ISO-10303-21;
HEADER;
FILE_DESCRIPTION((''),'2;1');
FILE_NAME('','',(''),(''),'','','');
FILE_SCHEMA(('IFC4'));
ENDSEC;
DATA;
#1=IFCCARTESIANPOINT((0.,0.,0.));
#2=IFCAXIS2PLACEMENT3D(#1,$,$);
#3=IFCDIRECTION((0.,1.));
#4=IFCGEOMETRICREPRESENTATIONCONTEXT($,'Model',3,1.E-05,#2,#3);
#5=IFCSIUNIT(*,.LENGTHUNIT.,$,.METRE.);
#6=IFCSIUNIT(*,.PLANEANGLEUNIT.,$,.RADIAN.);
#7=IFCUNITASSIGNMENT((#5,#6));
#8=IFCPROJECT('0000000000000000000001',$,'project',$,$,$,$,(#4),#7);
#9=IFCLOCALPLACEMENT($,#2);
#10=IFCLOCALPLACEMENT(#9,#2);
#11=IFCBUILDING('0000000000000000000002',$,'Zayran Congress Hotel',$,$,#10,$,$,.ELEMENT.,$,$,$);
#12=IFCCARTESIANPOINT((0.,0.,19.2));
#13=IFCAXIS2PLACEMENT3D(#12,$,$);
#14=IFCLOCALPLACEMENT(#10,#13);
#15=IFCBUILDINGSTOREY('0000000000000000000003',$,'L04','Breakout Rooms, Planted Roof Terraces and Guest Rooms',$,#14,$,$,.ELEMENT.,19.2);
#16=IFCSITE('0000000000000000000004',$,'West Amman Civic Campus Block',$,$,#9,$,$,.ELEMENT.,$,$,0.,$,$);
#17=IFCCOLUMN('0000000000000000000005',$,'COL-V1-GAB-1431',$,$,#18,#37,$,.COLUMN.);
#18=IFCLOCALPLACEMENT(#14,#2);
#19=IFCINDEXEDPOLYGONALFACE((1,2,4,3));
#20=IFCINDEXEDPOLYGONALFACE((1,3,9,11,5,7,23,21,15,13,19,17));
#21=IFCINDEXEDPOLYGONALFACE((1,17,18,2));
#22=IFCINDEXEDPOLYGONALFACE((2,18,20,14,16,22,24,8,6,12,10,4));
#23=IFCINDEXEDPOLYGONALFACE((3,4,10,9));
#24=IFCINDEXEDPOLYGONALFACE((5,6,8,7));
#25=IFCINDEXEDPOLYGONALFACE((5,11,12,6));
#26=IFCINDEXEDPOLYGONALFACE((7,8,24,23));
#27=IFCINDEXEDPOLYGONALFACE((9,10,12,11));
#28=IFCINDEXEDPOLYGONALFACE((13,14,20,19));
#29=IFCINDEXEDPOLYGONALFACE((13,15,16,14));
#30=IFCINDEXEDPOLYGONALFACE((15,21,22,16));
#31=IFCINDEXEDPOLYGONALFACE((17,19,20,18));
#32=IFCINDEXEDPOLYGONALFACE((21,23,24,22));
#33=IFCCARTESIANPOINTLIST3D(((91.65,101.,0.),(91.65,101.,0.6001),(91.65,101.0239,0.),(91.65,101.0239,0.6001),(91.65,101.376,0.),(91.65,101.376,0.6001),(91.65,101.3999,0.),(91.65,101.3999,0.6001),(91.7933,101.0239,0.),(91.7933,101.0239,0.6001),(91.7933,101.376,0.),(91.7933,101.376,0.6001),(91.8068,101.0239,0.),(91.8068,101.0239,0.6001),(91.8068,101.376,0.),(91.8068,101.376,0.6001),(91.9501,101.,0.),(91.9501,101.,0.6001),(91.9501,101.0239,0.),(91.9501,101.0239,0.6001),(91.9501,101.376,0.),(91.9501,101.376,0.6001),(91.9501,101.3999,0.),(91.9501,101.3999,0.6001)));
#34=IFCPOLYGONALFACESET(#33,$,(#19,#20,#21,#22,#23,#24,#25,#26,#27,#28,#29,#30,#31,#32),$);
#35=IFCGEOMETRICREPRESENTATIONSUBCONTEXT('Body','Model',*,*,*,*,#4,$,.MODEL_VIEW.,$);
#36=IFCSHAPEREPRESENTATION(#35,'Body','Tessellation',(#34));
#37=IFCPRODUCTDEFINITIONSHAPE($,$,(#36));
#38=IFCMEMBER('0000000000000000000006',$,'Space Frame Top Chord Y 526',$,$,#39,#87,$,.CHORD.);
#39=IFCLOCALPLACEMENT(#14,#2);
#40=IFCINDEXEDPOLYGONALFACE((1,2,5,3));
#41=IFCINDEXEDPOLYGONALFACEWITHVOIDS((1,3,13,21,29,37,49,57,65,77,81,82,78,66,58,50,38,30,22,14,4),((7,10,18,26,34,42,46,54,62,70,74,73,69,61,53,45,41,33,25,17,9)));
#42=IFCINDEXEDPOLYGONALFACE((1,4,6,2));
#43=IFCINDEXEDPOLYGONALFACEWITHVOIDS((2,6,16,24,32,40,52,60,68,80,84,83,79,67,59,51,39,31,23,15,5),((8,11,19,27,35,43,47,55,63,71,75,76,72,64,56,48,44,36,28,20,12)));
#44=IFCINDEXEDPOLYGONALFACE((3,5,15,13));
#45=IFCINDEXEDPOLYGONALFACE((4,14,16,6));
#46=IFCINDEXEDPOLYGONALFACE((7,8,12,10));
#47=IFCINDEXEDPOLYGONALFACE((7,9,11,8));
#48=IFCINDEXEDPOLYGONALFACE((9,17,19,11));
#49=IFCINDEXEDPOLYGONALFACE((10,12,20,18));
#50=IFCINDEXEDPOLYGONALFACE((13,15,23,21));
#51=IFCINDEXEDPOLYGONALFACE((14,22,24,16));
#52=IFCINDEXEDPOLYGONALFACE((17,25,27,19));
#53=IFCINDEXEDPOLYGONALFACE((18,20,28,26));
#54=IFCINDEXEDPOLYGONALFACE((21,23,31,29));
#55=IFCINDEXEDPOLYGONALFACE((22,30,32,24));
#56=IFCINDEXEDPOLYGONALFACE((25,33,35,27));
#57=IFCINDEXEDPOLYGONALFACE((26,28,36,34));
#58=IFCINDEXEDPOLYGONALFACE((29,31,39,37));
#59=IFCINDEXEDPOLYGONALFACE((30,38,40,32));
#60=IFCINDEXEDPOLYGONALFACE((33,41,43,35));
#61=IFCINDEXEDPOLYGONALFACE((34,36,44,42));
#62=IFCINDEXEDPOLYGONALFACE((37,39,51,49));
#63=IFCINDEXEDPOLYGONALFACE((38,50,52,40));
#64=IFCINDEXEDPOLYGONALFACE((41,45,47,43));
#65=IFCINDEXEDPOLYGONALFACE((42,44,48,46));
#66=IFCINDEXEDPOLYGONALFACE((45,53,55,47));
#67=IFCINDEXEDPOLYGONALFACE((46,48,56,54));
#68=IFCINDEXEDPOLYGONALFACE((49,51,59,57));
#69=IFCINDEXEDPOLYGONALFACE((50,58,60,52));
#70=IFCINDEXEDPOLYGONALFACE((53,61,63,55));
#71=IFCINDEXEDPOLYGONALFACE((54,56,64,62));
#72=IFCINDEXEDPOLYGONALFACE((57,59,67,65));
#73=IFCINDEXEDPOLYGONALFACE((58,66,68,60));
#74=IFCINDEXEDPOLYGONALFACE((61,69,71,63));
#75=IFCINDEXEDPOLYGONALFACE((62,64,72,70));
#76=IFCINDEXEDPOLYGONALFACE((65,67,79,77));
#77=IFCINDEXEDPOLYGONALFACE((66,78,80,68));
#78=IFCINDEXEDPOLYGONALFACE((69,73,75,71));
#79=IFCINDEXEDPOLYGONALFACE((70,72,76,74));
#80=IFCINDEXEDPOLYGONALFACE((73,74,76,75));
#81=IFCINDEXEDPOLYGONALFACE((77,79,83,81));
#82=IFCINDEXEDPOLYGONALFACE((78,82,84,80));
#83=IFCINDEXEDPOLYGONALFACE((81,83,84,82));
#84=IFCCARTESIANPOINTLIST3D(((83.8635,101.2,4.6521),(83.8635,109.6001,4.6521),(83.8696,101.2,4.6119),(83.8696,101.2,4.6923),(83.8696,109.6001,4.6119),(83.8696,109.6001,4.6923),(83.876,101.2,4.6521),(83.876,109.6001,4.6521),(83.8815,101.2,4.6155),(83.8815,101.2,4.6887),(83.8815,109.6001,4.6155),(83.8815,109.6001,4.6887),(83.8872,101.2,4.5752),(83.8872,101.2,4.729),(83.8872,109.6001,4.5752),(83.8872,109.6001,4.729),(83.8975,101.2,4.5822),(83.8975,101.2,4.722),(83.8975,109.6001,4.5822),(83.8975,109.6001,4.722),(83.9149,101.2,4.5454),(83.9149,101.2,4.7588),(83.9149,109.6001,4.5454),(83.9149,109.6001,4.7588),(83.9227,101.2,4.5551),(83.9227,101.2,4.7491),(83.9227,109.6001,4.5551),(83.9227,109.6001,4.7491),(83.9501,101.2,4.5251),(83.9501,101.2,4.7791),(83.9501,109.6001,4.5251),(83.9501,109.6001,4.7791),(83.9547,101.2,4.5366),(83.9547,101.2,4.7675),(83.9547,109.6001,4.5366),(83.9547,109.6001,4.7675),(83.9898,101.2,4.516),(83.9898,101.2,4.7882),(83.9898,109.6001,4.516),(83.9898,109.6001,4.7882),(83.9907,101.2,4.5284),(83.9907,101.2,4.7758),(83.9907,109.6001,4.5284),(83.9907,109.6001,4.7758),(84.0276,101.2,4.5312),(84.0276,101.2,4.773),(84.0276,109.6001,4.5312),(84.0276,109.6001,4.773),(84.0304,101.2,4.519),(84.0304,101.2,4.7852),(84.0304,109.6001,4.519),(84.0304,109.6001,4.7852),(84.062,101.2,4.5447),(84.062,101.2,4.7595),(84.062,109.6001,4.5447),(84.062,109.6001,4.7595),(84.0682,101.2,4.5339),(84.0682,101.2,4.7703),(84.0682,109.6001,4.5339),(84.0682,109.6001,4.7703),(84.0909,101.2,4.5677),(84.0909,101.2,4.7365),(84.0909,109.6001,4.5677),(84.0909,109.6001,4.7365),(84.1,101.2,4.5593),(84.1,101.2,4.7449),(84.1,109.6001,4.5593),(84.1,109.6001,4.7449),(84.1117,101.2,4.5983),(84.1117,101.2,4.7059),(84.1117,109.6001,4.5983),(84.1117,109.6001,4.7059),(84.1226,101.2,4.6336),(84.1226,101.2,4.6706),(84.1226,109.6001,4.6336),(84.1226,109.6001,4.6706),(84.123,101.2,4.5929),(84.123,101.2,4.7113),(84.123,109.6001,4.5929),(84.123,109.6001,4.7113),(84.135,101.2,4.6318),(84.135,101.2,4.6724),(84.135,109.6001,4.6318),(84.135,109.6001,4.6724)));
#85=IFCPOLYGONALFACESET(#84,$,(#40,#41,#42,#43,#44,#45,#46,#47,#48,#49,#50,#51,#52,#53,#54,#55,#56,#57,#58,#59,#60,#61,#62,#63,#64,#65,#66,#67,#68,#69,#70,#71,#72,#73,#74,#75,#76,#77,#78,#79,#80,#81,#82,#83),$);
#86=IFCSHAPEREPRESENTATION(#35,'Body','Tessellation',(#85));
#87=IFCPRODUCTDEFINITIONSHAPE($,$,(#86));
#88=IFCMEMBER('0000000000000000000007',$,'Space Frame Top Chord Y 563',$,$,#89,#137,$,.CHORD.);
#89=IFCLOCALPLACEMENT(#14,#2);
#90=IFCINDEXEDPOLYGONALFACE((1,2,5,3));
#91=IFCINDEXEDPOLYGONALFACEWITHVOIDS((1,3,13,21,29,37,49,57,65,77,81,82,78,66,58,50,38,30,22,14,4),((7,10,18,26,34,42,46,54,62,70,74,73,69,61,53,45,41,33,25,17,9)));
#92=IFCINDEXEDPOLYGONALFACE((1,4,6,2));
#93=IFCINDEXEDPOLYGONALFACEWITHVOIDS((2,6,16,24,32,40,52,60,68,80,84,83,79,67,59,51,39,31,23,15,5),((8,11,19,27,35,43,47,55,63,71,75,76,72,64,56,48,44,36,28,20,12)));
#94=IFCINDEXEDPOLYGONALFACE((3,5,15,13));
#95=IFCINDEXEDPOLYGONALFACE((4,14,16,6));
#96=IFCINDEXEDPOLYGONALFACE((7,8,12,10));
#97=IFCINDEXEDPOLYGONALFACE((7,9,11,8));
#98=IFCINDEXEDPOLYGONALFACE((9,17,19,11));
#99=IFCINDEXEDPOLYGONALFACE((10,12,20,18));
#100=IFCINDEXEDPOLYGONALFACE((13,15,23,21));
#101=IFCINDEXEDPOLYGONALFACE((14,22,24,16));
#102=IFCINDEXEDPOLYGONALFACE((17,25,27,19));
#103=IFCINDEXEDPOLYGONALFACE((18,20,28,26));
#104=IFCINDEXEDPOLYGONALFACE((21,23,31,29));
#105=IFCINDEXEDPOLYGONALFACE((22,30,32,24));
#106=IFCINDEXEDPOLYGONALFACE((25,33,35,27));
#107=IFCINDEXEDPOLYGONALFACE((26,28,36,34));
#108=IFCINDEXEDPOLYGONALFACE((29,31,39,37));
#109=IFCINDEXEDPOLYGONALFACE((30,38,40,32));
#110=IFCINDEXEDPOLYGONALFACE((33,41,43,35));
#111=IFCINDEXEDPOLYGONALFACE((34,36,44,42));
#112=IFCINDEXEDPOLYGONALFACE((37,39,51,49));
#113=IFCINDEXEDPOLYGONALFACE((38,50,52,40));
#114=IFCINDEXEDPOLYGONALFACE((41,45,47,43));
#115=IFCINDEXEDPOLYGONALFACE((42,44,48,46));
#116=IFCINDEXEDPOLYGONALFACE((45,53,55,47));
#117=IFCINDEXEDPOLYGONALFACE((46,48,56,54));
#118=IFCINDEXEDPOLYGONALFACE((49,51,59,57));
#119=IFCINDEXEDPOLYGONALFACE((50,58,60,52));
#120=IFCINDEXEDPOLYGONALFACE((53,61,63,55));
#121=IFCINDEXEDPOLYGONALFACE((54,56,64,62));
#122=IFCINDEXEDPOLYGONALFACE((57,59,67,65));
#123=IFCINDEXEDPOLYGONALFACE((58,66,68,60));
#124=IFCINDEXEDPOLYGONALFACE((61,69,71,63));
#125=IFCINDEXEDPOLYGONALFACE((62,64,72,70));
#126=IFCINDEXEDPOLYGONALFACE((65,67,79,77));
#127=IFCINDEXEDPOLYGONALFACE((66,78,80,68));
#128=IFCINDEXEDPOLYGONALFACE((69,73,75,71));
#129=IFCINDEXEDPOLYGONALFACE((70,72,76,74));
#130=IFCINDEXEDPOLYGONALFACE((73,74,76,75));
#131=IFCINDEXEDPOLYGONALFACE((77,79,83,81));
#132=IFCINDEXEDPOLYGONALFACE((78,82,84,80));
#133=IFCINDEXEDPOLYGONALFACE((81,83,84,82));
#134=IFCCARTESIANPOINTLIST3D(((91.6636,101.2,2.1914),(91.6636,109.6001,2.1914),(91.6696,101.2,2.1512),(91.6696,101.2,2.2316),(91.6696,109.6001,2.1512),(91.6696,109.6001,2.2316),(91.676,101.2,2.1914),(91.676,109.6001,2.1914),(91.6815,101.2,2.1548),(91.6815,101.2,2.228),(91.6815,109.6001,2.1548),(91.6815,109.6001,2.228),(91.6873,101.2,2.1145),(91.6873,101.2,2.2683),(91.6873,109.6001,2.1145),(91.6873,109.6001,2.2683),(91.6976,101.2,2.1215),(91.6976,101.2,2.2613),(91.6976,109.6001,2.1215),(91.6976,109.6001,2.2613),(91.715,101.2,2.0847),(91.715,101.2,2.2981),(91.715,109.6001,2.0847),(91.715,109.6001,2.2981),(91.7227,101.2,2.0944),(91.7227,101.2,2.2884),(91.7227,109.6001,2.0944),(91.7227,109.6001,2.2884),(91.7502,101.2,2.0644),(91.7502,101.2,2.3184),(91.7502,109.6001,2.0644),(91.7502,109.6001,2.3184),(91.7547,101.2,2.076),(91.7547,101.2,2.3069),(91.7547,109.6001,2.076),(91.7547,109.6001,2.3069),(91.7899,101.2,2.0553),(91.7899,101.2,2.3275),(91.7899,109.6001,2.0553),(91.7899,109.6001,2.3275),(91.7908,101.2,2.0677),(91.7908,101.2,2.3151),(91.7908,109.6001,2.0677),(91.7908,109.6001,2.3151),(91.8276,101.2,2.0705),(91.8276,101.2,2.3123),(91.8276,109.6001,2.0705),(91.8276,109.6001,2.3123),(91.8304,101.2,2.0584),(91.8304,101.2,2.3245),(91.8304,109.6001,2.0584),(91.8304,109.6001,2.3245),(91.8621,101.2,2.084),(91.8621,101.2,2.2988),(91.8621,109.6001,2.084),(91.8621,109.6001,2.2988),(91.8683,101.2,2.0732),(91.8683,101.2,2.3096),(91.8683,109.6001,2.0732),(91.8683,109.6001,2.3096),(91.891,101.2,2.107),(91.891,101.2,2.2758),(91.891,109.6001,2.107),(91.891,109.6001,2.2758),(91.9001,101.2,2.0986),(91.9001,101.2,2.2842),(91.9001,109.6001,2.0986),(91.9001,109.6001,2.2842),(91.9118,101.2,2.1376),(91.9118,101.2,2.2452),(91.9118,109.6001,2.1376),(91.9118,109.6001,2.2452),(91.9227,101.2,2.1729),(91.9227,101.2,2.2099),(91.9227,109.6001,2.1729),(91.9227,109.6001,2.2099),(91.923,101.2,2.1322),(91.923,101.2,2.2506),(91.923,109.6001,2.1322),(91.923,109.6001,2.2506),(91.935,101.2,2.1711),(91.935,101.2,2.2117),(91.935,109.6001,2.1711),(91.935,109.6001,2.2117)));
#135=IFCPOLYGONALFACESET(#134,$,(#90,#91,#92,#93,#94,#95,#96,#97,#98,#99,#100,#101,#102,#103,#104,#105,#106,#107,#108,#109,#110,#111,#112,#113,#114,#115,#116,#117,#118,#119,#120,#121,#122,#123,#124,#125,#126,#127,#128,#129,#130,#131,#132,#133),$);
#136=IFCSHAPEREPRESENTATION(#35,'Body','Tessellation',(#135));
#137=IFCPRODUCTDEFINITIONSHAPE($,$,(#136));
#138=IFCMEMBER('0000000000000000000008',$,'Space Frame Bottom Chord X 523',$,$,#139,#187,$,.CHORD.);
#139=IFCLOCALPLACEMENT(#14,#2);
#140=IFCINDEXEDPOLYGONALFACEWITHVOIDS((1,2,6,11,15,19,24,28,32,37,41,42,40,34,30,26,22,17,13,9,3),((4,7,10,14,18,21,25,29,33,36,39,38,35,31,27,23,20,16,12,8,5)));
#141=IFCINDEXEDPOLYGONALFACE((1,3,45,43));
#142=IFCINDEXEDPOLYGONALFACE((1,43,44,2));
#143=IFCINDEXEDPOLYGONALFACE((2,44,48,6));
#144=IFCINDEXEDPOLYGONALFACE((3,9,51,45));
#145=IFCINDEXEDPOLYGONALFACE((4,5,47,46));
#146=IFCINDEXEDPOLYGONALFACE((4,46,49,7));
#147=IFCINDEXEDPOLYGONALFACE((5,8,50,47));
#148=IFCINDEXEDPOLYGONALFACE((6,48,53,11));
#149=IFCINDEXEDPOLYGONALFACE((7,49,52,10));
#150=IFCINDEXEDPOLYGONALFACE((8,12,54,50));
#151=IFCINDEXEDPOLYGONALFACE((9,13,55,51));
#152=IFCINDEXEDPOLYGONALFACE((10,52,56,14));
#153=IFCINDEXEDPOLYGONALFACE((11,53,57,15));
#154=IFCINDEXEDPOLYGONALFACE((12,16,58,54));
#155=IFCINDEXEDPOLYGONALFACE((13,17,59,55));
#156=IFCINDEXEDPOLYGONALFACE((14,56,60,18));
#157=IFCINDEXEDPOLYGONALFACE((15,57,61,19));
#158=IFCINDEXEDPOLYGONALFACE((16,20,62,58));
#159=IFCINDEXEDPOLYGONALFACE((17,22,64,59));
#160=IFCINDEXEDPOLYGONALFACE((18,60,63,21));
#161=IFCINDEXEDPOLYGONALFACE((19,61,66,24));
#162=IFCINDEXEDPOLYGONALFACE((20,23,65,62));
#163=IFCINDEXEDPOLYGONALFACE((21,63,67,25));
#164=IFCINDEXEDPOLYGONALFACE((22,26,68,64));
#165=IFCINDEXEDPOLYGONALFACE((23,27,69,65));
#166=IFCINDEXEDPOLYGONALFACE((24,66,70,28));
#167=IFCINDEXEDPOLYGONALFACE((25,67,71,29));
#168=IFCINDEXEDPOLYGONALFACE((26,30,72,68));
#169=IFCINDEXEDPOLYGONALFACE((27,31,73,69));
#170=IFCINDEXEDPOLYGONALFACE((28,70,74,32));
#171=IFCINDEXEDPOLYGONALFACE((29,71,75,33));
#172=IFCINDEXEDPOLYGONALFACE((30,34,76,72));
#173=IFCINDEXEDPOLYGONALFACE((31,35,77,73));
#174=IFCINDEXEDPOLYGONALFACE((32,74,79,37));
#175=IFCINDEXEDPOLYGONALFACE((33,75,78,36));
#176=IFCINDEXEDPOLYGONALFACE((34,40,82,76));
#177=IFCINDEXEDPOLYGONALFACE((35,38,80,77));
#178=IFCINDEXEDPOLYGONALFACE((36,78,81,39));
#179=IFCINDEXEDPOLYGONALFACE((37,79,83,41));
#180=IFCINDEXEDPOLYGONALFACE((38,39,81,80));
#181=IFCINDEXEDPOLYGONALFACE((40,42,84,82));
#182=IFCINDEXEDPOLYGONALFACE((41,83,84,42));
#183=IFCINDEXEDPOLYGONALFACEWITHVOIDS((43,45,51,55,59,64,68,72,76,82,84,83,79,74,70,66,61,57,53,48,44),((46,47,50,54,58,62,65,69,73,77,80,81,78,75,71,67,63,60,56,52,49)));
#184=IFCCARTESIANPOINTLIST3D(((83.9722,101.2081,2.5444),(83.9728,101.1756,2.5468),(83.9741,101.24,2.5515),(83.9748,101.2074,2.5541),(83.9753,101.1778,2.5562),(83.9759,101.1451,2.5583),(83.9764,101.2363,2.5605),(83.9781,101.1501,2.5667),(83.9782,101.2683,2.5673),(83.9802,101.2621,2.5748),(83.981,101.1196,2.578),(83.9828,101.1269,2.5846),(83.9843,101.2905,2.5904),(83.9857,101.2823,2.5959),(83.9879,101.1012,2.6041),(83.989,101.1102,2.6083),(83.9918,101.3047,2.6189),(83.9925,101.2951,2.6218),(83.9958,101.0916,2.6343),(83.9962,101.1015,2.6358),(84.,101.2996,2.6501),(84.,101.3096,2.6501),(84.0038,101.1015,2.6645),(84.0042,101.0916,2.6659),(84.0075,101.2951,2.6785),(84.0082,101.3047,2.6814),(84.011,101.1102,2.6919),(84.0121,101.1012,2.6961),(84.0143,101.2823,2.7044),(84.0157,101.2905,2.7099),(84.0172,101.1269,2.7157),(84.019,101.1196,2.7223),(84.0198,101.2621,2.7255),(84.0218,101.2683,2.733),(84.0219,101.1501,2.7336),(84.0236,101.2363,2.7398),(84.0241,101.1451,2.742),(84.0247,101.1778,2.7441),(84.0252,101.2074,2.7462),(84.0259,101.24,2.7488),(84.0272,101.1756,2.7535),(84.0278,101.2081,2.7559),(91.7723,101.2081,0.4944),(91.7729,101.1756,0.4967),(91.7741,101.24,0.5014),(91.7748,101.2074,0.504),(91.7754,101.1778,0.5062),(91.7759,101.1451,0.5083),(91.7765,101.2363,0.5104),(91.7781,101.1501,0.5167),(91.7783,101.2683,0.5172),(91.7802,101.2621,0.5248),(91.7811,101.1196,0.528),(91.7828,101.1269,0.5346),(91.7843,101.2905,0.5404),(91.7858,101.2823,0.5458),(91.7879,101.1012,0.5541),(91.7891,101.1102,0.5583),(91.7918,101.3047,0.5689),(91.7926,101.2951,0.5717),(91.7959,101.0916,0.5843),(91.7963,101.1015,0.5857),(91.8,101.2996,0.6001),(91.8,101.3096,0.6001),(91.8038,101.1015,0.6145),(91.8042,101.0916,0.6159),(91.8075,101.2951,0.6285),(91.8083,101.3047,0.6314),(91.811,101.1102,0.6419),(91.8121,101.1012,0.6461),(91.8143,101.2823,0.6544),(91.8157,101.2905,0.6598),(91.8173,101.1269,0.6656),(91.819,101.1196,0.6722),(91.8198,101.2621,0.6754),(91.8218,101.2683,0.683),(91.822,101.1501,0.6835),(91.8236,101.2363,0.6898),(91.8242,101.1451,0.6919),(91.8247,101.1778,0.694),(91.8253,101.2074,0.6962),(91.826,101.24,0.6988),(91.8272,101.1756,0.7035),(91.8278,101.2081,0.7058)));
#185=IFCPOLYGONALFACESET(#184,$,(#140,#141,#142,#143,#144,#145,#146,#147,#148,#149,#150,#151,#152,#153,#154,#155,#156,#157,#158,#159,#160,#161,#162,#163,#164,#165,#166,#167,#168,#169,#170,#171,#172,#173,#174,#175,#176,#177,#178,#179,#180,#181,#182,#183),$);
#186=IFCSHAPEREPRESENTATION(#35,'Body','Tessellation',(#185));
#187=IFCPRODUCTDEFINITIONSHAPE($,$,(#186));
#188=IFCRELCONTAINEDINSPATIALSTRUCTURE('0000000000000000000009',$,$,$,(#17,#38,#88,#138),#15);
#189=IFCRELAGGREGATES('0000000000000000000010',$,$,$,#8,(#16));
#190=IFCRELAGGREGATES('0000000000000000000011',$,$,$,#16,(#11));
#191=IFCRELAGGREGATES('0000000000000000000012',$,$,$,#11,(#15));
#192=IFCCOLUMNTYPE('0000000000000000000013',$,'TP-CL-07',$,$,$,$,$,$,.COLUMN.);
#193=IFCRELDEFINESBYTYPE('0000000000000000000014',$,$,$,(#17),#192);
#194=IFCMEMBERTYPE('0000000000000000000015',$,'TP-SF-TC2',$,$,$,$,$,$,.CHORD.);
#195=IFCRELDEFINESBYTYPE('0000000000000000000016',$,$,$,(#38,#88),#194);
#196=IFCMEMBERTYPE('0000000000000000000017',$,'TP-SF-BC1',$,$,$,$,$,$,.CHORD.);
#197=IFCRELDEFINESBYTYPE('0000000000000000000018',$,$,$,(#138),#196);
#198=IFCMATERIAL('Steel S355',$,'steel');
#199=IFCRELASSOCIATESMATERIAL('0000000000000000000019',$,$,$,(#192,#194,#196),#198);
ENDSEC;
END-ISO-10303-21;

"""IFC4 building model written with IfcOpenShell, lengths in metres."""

from ifc_helpers import new_model, si_unit, direction, frame, origin, origin_2d, place, context, subcontext, project, spatial, hollow_circle, i_section, extrude, material, material_profile, profile_set, type_object, element, save


model = new_model("IFC4")

# Units and contexts
model_context = context("Model", 3, precision=1e-05, world=origin(), true_north=direction((0.0, 1.0)))
body_context = subcontext(model_context, "Body", "Model", "MODEL_VIEW")
ifc_project = project(units=[si_unit("LENGTHUNIT", "METRE"), si_unit("PLANEANGLEUNIT", "RADIAN")], contexts=[model_context])

# Site, building, storey
site_placement = place(None, origin())
site = spatial("IfcSite", under=ifc_project, at=site_placement, Name="West Amman Civic Campus Block", CompositionType="ELEMENT", RefElevation=0.0)
building_placement = place(site_placement, origin())
building = spatial("IfcBuilding", under=site, at=building_placement, Name="Zayran Congress Hotel", CompositionType="ELEMENT")
storey_placement = place(building_placement, frame((0.0, 0.0, 19.2)))
storey = spatial("IfcBuildingStorey", under=building, at=storey_placement, Name="L04", Description="Breakout Rooms, Planted Roof Terraces and Guest Rooms", CompositionType="ELEMENT", Elevation=19.2)

# Column
ifc_material = material(Name="Steel S355", Category="steel")
ifc_material_profile_1 = material_profile(ifc_material, i_section(OverallWidth=0.3, OverallDepth=0.3999, WebThickness=0.0134, FlangeThickness=0.0239, at=origin_2d()), Name="HEB 400")
ifc_profile_set_1 = profile_set([ifc_material_profile_1], Name="Steel S355")
column_type = type_object("IfcColumnType", Name="TP-CL-07", PredefinedType="COLUMN", material=ifc_profile_set_1)
column_placement = place(storey_placement, frame((91.8, 101.2, 0.0), z_axis=(0.0, 0.0, 1.0), x_axis=(1.0, 0.0, 0.0)))
element("IfcColumn", 1, at=column_placement, inside=storey, type_object=column_type, Name="COL-V1-GAB-1431", PredefinedType="COLUMN", context=body_context, shape_type="SweptSolid", body=[
    extrude(i_section(OverallWidth=0.3, OverallDepth=0.3999, WebThickness=0.0134, FlangeThickness=0.0239, at=origin_2d()), origin(), (0.0, 0.0, 1.0), 0.6001),
])

# Members
ifc_material_profile_2 = material_profile(ifc_material, hollow_circle(Radius=0.1365, WallThickness=0.0125, at=origin_2d()), Name="CHS 273x12.5")
ifc_profile_set_2 = profile_set([ifc_material_profile_2], Name="Steel S355")
member_type_1 = type_object("IfcMemberType", Name="TP-SF-TC2", PredefinedType="CHORD", material=ifc_profile_set_2)
for number, where, z_axis, x_axis, name in (
    (2, (84.0, 101.2, 4.6521), (0.0, 1.0, 0.0), (-1.0, 0.0, 0.0), "Space Frame Top Chord Y 526"),
    (3, (91.8, 101.2, 2.1914), (0.0, 1.0, 0.0), (-1.0, 0.0, 0.0), "Space Frame Top Chord Y 563"),
):
    element("IfcMember", number, at=place(storey_placement, frame(where, z_axis=z_axis, x_axis=x_axis)), inside=storey, type_object=member_type_1, Name=name, PredefinedType="CHORD", context=body_context, shape_type="SweptSolid", body=[
        extrude(hollow_circle(Radius=0.1365, WallThickness=0.0125, at=origin_2d()), origin(), (0.0, 0.0, 1.0), 8.4001),
    ])
ifc_material_profile_3 = material_profile(ifc_material, hollow_circle(Radius=0.1096, WallThickness=0.01, at=origin_2d()), Name="CHS 219.1x10")
ifc_profile_set_3 = profile_set([ifc_material_profile_3], Name="Steel S355")
member_type_2 = type_object("IfcMemberType", Name="TP-SF-BC1", PredefinedType="CHORD", material=ifc_profile_set_3)
member_1_placement = place(storey_placement, frame((84.0, 101.2, 2.6501), z_axis=(0.967154, 0.0, -0.254192), x_axis=(0.0, 1.0, 0.0)))
element("IfcMember", 4, at=member_1_placement, inside=storey, type_object=member_type_2, Name="Space Frame Bottom Chord X 523", PredefinedType="CHORD", context=body_context, shape_type="SweptSolid", body=[
    extrude(hollow_circle(Radius=0.1096, WallThickness=0.01, at=origin_2d()), origin(), (0.0, 0.0, 1.0), 8.0649),
])

save(model, "model.ifc")
